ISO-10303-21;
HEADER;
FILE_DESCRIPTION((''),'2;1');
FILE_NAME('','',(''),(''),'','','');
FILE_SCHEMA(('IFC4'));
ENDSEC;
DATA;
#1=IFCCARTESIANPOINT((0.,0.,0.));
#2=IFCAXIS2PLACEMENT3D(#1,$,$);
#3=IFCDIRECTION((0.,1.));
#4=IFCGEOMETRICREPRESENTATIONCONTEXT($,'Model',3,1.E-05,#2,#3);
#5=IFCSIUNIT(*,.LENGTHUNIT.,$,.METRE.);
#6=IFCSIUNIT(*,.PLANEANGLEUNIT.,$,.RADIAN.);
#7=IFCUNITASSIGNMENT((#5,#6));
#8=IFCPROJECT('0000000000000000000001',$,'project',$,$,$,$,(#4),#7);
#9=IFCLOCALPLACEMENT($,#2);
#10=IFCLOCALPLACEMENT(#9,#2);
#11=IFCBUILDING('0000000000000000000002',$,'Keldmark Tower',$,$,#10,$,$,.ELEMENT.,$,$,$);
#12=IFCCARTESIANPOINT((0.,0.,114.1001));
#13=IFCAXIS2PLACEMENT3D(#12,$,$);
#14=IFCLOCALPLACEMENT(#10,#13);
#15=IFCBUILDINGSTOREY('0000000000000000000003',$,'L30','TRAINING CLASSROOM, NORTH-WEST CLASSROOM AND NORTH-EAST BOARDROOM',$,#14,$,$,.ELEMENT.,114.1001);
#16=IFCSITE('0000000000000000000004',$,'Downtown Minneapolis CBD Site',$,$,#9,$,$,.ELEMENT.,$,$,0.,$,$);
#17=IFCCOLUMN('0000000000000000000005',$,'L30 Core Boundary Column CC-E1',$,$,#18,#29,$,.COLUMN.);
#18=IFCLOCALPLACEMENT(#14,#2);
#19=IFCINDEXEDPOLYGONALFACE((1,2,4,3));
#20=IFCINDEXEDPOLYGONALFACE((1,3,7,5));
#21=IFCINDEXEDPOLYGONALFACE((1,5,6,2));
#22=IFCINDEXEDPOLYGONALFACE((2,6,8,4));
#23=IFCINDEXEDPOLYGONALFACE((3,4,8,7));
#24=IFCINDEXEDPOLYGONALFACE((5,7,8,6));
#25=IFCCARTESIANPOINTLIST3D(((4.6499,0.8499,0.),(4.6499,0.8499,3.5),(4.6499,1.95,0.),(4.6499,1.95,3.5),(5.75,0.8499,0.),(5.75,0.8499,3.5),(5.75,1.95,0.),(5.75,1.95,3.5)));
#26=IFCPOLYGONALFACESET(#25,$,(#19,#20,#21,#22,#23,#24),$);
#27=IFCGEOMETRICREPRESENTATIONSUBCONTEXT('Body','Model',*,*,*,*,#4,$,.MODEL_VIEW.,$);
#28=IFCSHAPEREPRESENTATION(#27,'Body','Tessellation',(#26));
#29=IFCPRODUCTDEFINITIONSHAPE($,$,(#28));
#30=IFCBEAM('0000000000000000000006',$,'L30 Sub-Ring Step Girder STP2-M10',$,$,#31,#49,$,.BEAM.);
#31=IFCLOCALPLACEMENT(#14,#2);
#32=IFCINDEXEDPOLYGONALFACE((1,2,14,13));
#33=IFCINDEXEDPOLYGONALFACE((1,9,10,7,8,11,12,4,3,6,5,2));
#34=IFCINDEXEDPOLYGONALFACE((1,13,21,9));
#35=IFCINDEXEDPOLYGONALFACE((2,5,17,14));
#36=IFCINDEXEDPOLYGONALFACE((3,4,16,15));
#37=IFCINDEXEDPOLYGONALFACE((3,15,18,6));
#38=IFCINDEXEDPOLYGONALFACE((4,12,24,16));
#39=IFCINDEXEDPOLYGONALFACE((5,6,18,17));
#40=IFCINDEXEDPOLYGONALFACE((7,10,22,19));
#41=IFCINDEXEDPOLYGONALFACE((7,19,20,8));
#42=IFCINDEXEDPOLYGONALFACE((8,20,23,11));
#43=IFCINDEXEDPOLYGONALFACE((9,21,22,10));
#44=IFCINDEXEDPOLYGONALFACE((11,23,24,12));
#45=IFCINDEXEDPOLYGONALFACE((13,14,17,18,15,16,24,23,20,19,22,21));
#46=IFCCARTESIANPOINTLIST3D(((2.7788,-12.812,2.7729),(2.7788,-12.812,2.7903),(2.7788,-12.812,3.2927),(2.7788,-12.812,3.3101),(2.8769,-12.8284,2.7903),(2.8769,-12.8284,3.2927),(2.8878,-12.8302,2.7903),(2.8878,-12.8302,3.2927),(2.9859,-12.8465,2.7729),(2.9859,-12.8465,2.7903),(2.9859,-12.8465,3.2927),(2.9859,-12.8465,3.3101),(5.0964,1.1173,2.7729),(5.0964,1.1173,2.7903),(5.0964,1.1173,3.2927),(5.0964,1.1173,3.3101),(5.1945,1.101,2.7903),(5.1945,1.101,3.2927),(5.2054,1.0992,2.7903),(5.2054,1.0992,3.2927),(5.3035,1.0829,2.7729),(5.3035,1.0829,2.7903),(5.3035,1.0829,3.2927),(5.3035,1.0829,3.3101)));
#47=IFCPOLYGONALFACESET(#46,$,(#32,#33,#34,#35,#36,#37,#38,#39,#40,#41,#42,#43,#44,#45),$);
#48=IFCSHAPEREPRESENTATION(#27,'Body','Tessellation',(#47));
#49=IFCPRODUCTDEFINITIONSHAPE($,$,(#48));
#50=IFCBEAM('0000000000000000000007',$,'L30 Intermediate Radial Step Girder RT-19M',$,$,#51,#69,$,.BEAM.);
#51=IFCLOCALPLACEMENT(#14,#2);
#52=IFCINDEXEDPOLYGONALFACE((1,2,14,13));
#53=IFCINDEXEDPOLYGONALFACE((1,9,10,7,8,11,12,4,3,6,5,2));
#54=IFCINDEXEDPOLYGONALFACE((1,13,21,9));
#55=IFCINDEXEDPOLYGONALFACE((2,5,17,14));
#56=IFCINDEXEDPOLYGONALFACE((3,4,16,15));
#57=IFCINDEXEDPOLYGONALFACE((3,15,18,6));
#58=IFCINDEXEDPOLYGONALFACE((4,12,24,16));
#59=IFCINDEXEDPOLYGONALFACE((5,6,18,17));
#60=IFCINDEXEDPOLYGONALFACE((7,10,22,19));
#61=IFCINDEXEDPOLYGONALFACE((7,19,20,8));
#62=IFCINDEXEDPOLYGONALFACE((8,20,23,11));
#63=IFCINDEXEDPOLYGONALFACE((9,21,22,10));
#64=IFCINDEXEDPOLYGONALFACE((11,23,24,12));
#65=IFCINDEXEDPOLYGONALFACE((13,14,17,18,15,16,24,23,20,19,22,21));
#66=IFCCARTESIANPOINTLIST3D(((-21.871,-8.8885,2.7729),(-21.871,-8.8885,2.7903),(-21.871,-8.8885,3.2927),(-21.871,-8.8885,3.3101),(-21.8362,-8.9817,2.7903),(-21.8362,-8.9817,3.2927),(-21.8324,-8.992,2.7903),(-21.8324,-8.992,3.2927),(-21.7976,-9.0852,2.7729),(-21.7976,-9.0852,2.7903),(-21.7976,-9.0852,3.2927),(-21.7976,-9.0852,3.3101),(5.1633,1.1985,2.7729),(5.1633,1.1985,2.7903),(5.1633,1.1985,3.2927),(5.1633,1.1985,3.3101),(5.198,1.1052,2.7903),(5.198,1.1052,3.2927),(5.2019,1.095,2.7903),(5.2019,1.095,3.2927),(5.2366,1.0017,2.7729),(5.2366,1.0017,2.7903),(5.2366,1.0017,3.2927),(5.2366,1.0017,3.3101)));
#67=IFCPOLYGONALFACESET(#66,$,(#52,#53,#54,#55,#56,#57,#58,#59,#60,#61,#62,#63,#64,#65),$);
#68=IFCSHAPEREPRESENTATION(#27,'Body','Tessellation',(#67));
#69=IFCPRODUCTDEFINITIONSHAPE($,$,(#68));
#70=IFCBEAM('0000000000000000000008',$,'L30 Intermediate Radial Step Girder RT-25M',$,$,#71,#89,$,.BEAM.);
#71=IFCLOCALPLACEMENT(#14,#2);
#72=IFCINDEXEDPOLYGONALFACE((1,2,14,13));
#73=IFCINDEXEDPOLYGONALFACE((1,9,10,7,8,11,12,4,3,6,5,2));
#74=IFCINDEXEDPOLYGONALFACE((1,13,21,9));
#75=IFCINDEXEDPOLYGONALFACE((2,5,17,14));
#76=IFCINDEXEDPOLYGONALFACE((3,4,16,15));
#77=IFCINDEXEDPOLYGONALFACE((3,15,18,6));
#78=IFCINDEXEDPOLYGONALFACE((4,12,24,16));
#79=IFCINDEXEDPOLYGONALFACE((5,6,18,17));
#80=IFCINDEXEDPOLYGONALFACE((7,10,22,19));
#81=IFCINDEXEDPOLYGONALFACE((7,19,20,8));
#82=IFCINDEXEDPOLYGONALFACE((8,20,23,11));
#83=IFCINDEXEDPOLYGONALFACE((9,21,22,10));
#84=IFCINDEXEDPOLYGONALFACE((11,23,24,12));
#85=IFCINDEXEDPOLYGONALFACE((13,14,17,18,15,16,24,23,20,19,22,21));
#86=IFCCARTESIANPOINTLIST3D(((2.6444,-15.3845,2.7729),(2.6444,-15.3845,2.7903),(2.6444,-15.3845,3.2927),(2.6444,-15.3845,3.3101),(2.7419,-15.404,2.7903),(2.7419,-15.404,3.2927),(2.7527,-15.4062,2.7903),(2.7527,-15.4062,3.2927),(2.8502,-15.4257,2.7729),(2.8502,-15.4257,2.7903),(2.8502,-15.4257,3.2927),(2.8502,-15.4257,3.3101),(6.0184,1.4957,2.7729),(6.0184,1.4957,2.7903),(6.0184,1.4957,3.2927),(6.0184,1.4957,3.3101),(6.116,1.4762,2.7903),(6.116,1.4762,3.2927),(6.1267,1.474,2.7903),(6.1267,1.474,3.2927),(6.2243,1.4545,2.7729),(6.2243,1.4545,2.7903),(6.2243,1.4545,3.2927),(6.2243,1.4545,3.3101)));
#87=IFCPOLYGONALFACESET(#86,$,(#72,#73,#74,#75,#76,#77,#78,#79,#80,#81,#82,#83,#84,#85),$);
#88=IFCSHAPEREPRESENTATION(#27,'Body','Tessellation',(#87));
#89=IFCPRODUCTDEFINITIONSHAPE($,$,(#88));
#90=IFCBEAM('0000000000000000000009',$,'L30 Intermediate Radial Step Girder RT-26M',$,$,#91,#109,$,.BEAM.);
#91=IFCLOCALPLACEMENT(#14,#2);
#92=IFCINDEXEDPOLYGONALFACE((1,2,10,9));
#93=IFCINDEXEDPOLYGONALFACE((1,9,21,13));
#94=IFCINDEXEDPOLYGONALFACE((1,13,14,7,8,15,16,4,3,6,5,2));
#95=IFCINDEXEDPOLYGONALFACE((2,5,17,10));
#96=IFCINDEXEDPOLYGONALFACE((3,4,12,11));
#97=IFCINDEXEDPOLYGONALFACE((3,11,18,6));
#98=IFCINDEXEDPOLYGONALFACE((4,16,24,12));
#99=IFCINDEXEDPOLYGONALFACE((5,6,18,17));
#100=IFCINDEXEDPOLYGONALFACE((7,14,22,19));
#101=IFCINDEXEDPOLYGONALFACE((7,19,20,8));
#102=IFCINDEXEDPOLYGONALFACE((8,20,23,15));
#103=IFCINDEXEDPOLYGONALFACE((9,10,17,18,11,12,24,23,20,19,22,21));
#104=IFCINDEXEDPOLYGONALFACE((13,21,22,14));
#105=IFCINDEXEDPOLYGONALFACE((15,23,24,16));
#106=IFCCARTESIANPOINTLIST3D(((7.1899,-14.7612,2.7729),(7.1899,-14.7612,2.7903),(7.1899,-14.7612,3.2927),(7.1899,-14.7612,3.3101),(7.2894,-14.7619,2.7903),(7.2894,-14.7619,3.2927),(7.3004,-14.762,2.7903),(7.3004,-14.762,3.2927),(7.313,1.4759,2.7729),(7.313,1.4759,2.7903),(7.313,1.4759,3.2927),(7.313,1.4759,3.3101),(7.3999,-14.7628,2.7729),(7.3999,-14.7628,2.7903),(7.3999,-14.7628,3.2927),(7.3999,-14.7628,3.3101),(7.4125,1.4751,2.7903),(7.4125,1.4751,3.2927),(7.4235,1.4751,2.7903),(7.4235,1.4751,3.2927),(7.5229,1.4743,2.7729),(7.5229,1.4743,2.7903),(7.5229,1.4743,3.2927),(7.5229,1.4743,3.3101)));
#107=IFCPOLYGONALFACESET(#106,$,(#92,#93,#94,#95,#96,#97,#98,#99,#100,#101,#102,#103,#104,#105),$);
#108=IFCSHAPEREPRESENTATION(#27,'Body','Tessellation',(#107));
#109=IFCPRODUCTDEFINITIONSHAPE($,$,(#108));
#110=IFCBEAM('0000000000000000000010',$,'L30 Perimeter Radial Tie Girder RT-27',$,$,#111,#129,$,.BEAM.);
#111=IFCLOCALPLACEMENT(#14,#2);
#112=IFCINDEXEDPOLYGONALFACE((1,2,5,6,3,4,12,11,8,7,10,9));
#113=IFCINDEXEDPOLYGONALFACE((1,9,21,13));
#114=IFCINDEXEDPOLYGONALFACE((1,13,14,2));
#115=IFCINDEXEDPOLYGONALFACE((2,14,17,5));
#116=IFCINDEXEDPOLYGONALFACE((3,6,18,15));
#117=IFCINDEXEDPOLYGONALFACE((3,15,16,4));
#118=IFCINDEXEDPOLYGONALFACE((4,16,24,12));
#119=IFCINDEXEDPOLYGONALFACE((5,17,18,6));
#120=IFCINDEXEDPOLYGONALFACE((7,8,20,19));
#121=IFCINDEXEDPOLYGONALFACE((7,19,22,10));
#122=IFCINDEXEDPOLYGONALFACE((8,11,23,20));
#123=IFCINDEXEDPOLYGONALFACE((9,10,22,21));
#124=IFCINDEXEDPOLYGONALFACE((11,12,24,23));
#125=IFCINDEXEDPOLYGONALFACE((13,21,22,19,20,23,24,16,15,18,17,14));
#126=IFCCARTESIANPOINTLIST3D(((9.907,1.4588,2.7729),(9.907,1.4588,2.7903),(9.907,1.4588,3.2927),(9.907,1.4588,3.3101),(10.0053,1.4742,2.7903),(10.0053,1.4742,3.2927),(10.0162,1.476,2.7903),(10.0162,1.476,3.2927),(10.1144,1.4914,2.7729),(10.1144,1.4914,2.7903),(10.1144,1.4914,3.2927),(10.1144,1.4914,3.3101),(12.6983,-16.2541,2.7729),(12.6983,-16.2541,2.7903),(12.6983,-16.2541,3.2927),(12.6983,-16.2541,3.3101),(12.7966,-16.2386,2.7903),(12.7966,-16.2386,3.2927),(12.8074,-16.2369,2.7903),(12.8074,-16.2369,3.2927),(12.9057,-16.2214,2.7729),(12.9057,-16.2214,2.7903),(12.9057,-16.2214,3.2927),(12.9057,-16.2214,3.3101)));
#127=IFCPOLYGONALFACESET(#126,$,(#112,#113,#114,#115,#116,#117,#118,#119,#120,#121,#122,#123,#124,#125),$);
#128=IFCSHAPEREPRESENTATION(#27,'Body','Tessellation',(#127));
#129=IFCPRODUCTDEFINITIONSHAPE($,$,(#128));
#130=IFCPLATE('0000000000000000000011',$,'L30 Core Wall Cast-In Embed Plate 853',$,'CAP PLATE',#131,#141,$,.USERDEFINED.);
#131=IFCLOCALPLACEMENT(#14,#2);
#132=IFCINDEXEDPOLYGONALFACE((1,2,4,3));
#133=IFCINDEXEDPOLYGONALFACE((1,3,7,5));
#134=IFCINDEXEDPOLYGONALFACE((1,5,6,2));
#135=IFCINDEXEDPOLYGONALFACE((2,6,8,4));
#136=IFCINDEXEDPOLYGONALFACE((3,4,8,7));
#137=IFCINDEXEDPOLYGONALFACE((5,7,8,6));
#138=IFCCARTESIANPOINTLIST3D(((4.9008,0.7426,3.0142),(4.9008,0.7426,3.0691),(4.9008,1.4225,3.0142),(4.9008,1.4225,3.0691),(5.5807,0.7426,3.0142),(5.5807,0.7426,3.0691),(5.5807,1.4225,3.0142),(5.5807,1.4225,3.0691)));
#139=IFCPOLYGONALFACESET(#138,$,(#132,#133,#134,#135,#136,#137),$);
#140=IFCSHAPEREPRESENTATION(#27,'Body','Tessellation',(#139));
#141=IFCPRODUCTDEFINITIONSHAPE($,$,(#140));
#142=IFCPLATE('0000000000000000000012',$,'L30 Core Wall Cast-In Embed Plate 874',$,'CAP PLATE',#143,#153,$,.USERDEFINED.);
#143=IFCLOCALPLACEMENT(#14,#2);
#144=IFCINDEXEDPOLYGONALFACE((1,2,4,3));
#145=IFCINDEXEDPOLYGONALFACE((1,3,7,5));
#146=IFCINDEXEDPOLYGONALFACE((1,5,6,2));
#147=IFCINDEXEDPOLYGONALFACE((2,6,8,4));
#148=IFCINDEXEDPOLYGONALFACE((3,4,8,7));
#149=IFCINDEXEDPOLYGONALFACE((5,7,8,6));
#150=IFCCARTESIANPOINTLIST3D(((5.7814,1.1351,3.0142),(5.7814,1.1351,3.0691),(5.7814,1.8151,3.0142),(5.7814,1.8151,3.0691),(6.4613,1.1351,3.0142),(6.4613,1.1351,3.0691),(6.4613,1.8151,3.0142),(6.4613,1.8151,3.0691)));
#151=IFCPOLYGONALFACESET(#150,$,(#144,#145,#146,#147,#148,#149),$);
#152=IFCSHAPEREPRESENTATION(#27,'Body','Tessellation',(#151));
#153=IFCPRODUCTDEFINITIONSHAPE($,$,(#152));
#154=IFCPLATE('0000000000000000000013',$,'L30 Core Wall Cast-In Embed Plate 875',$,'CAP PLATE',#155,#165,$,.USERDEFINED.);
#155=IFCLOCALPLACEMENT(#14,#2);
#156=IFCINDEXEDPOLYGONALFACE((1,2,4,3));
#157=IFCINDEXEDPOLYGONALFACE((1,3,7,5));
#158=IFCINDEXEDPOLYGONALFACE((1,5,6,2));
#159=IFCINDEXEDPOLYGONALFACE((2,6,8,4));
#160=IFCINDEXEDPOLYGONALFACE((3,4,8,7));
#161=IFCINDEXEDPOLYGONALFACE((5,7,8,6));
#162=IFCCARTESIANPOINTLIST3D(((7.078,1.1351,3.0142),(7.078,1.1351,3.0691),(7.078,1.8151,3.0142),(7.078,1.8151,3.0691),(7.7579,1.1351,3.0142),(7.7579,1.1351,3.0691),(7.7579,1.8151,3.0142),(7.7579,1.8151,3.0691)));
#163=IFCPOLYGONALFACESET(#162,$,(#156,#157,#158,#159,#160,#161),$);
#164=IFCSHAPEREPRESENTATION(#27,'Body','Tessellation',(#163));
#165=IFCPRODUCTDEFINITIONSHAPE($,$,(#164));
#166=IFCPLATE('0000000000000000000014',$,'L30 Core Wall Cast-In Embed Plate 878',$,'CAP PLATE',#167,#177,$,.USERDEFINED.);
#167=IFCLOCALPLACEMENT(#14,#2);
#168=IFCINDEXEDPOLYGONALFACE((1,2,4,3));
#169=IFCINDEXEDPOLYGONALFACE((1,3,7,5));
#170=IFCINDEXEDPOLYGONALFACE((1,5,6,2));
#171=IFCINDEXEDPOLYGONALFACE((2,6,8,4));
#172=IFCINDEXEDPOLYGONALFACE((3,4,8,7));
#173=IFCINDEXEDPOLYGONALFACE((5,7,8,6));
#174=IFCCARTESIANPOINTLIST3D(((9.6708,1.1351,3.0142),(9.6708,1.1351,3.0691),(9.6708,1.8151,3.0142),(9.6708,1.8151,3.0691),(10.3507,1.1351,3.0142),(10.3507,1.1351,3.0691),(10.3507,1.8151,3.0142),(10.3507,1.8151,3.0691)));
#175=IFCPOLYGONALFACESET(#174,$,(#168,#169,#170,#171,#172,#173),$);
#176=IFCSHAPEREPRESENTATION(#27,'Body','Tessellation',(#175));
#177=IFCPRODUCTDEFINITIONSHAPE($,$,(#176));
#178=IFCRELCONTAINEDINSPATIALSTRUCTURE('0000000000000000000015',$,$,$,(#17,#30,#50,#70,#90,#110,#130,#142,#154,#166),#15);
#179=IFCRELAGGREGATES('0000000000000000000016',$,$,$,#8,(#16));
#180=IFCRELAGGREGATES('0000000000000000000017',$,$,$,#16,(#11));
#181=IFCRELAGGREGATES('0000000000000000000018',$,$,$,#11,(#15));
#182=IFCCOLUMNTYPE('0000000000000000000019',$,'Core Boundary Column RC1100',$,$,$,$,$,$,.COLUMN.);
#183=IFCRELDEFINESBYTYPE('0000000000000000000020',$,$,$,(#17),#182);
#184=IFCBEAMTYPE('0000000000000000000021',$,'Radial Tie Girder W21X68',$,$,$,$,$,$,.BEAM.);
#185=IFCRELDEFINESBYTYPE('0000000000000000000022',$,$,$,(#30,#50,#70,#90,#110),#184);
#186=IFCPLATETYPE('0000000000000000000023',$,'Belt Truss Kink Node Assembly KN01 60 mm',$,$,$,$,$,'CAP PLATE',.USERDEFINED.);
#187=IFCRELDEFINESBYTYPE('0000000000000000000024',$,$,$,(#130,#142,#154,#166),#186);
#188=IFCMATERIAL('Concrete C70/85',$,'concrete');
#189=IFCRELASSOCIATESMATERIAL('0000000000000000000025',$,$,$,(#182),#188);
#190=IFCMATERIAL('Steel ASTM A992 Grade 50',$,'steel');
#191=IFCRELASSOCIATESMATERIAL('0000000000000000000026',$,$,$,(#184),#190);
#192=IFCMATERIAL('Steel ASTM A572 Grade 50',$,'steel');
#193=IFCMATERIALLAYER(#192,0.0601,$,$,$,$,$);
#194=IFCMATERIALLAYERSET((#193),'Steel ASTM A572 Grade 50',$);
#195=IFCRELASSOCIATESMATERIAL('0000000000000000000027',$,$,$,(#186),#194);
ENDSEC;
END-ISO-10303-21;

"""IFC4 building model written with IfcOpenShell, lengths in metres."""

from ifc_helpers import new_model, si_unit, direction, frame, origin, origin_2d, place, context, subcontext, project, spatial, rectangle, i_section, extrude, material, layer, layer_set, material_profile, profile_set, type_object, element, save


model = new_model("IFC4")

# Units and contexts
model_context = context("Model", 3, precision=1e-05, world=origin(), true_north=direction((0.0, 1.0)))
body_context = subcontext(model_context, "Body", "Model", "MODEL_VIEW")
ifc_project = project(units=[si_unit("LENGTHUNIT", "METRE"), si_unit("PLANEANGLEUNIT", "RADIAN")], contexts=[model_context])

# Site, building, storey
site_placement = place(None, origin())
site = spatial("IfcSite", under=ifc_project, at=site_placement, Name="Downtown Minneapolis CBD Site", CompositionType="ELEMENT", RefElevation=0.0)
building_placement = place(site_placement, origin())
building = spatial("IfcBuilding", under=site, at=building_placement, Name="Keldmark Tower", CompositionType="ELEMENT")
storey_placement = place(building_placement, frame((0.0, 0.0, 114.1001)))
storey = spatial("IfcBuildingStorey", under=building, at=storey_placement, Name="L30", Description="TRAINING CLASSROOM, NORTH-WEST CLASSROOM AND NORTH-EAST BOARDROOM", CompositionType="ELEMENT", Elevation=114.1001)

# Column
ifc_material_1 = material(Name="Concrete C70/85", Category="concrete")
ifc_material_profile_1 = material_profile(ifc_material_1, rectangle(XDim=1.1001, YDim=1.1001, at=origin_2d()), Name="RC1100X1100")
ifc_profile_set_1 = profile_set([ifc_material_profile_1], Name="Concrete C70/85")
column_type = type_object("IfcColumnType", Name="Core Boundary Column RC1100", PredefinedType="COLUMN", material=ifc_profile_set_1)
column_placement = place(storey_placement, frame((5.2, 1.3999, 0.0), z_axis=(0.0, 0.0, 1.0), x_axis=(1.0, 0.0, 0.0)))
element("IfcColumn", 1, at=column_placement, inside=storey, type_object=column_type, Name="L30 Core Boundary Column CC-E1", PredefinedType="COLUMN", context=body_context, shape_type="SweptSolid", body=[
    extrude(rectangle(XDim=1.1001, YDim=1.1001, at=origin_2d()), origin(), (0.0, 0.0, 1.0), 3.5),
])

# Beams
ifc_material_2 = material(Name="Steel ASTM A992 Grade 50", Category="steel")
ifc_material_profile_2 = material_profile(ifc_material_2, i_section(OverallWidth=0.21, OverallDepth=0.5371, WebThickness=0.011, FlangeThickness=0.0173, at=origin_2d()), Name="W21X68")
ifc_profile_set_2 = profile_set([ifc_material_profile_2], Name="Steel ASTM A992 Grade 50")
beam_type = type_object("IfcBeamType", Name="Radial Tie Girder W21X68", PredefinedType="BEAM", material=ifc_profile_set_2)
beam_1_placement = place(storey_placement, frame((5.2, 1.1001, 3.0415), z_axis=(-0.164127, -0.986439, 0.0), x_axis=(0.986439, -0.164127, 0.0)))
element("IfcBeam", 2, at=beam_1_placement, inside=storey, type_object=beam_type, Name="L30 Sub-Ring Step Girder STP2-M10", PredefinedType="BEAM", context=body_context, shape_type="SweptSolid", body=[
    extrude(i_section(OverallWidth=0.21, OverallDepth=0.5371, WebThickness=0.011, FlangeThickness=0.0173, at=origin_2d()), origin(), (0.0, 0.0, 1.0), 14.1208),
])
beam_2_placement = place(storey_placement, frame((5.2, 1.1001, 3.0415), z_axis=(-0.936908, -0.349576, 0.0), x_axis=(0.349576, -0.936908, 0.0)))
element("IfcBeam", 3, at=beam_2_placement, inside=storey, type_object=beam_type, Name="L30 Intermediate Radial Step Girder RT-19M", PredefinedType="BEAM", context=body_context, shape_type="SweptSolid", body=[
    extrude(i_section(OverallWidth=0.21, OverallDepth=0.5371, WebThickness=0.011, FlangeThickness=0.0173, at=origin_2d()), origin(), (0.0, 0.0, 1.0), 28.8547),
])
beam_3_placement = place(storey_placement, frame((6.1213, 1.4751, 3.0415), z_axis=(-0.196004, -0.980603, 0.0), x_axis=(0.980603, -0.196004, 0.0)))
element("IfcBeam", 4, at=beam_3_placement, inside=storey, type_object=beam_type, Name="L30 Intermediate Radial Step Girder RT-25M", PredefinedType="BEAM", context=body_context, shape_type="SweptSolid", body=[
    extrude(i_section(OverallWidth=0.21, OverallDepth=0.5371, WebThickness=0.011, FlangeThickness=0.0173, at=origin_2d()), origin(), (0.0, 0.0, 1.0), 17.2141),
])
beam_4_placement = place(storey_placement, frame((7.418, 1.4751, 3.0415), z_axis=(-0.007578, -0.999971, 0.0), x_axis=(0.999971, -0.007578, 0.0)))
element("IfcBeam", 5, at=beam_4_placement, inside=storey, type_object=beam_type, Name="L30 Intermediate Radial Step Girder RT-26M", PredefinedType="BEAM", context=body_context, shape_type="SweptSolid", body=[
    extrude(i_section(OverallWidth=0.21, OverallDepth=0.5371, WebThickness=0.011, FlangeThickness=0.0173, at=origin_2d()), origin(), (0.0, 0.0, 1.0), 16.2375),
])
beam_5_placement = place(storey_placement, frame((10.0107, 1.4751, 3.0415), z_axis=(0.155663, -0.98781, 0.0), x_axis=(0.98781, 0.155663, 0.0)))
element("IfcBeam", 6, at=beam_5_placement, inside=storey, type_object=beam_type, Name="L30 Perimeter Radial Tie Girder RT-27", PredefinedType="BEAM", context=body_context, shape_type="SweptSolid", body=[
    extrude(i_section(OverallWidth=0.21, OverallDepth=0.5371, WebThickness=0.011, FlangeThickness=0.0173, at=origin_2d()), origin(), (0.0, 0.0, 1.0), 17.9314),
])

# Plates
ifc_material_3 = material(Name="Steel ASTM A572 Grade 50", Category="steel")
ifc_layer_1 = layer(ifc_material_3, 0.0601)
ifc_layer_set_1 = layer_set([ifc_layer_1], Name="Steel ASTM A572 Grade 50")
plate_type = type_object("IfcPlateType", Name="Belt Truss Kink Node Assembly KN01 60 mm", ElementType="CAP PLATE", PredefinedType="USERDEFINED", material=ifc_layer_set_1)
for number, where, z_axis, x_axis, name in (
    (7, (5.2407, 1.0825, 3.0142), (0.0, 0.0, 1.0), (1.0, 0.0, 0.0), "L30 Core Wall Cast-In Embed Plate 853"),
    (8, (6.1213, 1.4751, 3.0142), (0.0, 0.0, 1.0), (1.0, 0.0, 0.0), "L30 Core Wall Cast-In Embed Plate 874"),
    (9, (7.418, 1.4751, 3.0142), (0.0, 0.0, 1.0), (1.0, 0.0, 0.0), "L30 Core Wall Cast-In Embed Plate 875"),
    (10, (10.0107, 1.4751, 3.0142), (0.0, 0.0, 1.0), (1.0, 0.0, 0.0), "L30 Core Wall Cast-In Embed Plate 878"),
):
    element("IfcPlate", number, at=place(storey_placement, frame(where, z_axis=z_axis, x_axis=x_axis)), inside=storey, type_object=plate_type, Name=name, ObjectType="CAP PLATE", PredefinedType="USERDEFINED", context=body_context, shape_type="SweptSolid", body=[
        extrude(rectangle(XDim=0.6799, YDim=0.6799, at=origin_2d()), origin(), (0.0, 0.0, 1.0), 0.0549),
    ])

save(model, "model.ifc")
